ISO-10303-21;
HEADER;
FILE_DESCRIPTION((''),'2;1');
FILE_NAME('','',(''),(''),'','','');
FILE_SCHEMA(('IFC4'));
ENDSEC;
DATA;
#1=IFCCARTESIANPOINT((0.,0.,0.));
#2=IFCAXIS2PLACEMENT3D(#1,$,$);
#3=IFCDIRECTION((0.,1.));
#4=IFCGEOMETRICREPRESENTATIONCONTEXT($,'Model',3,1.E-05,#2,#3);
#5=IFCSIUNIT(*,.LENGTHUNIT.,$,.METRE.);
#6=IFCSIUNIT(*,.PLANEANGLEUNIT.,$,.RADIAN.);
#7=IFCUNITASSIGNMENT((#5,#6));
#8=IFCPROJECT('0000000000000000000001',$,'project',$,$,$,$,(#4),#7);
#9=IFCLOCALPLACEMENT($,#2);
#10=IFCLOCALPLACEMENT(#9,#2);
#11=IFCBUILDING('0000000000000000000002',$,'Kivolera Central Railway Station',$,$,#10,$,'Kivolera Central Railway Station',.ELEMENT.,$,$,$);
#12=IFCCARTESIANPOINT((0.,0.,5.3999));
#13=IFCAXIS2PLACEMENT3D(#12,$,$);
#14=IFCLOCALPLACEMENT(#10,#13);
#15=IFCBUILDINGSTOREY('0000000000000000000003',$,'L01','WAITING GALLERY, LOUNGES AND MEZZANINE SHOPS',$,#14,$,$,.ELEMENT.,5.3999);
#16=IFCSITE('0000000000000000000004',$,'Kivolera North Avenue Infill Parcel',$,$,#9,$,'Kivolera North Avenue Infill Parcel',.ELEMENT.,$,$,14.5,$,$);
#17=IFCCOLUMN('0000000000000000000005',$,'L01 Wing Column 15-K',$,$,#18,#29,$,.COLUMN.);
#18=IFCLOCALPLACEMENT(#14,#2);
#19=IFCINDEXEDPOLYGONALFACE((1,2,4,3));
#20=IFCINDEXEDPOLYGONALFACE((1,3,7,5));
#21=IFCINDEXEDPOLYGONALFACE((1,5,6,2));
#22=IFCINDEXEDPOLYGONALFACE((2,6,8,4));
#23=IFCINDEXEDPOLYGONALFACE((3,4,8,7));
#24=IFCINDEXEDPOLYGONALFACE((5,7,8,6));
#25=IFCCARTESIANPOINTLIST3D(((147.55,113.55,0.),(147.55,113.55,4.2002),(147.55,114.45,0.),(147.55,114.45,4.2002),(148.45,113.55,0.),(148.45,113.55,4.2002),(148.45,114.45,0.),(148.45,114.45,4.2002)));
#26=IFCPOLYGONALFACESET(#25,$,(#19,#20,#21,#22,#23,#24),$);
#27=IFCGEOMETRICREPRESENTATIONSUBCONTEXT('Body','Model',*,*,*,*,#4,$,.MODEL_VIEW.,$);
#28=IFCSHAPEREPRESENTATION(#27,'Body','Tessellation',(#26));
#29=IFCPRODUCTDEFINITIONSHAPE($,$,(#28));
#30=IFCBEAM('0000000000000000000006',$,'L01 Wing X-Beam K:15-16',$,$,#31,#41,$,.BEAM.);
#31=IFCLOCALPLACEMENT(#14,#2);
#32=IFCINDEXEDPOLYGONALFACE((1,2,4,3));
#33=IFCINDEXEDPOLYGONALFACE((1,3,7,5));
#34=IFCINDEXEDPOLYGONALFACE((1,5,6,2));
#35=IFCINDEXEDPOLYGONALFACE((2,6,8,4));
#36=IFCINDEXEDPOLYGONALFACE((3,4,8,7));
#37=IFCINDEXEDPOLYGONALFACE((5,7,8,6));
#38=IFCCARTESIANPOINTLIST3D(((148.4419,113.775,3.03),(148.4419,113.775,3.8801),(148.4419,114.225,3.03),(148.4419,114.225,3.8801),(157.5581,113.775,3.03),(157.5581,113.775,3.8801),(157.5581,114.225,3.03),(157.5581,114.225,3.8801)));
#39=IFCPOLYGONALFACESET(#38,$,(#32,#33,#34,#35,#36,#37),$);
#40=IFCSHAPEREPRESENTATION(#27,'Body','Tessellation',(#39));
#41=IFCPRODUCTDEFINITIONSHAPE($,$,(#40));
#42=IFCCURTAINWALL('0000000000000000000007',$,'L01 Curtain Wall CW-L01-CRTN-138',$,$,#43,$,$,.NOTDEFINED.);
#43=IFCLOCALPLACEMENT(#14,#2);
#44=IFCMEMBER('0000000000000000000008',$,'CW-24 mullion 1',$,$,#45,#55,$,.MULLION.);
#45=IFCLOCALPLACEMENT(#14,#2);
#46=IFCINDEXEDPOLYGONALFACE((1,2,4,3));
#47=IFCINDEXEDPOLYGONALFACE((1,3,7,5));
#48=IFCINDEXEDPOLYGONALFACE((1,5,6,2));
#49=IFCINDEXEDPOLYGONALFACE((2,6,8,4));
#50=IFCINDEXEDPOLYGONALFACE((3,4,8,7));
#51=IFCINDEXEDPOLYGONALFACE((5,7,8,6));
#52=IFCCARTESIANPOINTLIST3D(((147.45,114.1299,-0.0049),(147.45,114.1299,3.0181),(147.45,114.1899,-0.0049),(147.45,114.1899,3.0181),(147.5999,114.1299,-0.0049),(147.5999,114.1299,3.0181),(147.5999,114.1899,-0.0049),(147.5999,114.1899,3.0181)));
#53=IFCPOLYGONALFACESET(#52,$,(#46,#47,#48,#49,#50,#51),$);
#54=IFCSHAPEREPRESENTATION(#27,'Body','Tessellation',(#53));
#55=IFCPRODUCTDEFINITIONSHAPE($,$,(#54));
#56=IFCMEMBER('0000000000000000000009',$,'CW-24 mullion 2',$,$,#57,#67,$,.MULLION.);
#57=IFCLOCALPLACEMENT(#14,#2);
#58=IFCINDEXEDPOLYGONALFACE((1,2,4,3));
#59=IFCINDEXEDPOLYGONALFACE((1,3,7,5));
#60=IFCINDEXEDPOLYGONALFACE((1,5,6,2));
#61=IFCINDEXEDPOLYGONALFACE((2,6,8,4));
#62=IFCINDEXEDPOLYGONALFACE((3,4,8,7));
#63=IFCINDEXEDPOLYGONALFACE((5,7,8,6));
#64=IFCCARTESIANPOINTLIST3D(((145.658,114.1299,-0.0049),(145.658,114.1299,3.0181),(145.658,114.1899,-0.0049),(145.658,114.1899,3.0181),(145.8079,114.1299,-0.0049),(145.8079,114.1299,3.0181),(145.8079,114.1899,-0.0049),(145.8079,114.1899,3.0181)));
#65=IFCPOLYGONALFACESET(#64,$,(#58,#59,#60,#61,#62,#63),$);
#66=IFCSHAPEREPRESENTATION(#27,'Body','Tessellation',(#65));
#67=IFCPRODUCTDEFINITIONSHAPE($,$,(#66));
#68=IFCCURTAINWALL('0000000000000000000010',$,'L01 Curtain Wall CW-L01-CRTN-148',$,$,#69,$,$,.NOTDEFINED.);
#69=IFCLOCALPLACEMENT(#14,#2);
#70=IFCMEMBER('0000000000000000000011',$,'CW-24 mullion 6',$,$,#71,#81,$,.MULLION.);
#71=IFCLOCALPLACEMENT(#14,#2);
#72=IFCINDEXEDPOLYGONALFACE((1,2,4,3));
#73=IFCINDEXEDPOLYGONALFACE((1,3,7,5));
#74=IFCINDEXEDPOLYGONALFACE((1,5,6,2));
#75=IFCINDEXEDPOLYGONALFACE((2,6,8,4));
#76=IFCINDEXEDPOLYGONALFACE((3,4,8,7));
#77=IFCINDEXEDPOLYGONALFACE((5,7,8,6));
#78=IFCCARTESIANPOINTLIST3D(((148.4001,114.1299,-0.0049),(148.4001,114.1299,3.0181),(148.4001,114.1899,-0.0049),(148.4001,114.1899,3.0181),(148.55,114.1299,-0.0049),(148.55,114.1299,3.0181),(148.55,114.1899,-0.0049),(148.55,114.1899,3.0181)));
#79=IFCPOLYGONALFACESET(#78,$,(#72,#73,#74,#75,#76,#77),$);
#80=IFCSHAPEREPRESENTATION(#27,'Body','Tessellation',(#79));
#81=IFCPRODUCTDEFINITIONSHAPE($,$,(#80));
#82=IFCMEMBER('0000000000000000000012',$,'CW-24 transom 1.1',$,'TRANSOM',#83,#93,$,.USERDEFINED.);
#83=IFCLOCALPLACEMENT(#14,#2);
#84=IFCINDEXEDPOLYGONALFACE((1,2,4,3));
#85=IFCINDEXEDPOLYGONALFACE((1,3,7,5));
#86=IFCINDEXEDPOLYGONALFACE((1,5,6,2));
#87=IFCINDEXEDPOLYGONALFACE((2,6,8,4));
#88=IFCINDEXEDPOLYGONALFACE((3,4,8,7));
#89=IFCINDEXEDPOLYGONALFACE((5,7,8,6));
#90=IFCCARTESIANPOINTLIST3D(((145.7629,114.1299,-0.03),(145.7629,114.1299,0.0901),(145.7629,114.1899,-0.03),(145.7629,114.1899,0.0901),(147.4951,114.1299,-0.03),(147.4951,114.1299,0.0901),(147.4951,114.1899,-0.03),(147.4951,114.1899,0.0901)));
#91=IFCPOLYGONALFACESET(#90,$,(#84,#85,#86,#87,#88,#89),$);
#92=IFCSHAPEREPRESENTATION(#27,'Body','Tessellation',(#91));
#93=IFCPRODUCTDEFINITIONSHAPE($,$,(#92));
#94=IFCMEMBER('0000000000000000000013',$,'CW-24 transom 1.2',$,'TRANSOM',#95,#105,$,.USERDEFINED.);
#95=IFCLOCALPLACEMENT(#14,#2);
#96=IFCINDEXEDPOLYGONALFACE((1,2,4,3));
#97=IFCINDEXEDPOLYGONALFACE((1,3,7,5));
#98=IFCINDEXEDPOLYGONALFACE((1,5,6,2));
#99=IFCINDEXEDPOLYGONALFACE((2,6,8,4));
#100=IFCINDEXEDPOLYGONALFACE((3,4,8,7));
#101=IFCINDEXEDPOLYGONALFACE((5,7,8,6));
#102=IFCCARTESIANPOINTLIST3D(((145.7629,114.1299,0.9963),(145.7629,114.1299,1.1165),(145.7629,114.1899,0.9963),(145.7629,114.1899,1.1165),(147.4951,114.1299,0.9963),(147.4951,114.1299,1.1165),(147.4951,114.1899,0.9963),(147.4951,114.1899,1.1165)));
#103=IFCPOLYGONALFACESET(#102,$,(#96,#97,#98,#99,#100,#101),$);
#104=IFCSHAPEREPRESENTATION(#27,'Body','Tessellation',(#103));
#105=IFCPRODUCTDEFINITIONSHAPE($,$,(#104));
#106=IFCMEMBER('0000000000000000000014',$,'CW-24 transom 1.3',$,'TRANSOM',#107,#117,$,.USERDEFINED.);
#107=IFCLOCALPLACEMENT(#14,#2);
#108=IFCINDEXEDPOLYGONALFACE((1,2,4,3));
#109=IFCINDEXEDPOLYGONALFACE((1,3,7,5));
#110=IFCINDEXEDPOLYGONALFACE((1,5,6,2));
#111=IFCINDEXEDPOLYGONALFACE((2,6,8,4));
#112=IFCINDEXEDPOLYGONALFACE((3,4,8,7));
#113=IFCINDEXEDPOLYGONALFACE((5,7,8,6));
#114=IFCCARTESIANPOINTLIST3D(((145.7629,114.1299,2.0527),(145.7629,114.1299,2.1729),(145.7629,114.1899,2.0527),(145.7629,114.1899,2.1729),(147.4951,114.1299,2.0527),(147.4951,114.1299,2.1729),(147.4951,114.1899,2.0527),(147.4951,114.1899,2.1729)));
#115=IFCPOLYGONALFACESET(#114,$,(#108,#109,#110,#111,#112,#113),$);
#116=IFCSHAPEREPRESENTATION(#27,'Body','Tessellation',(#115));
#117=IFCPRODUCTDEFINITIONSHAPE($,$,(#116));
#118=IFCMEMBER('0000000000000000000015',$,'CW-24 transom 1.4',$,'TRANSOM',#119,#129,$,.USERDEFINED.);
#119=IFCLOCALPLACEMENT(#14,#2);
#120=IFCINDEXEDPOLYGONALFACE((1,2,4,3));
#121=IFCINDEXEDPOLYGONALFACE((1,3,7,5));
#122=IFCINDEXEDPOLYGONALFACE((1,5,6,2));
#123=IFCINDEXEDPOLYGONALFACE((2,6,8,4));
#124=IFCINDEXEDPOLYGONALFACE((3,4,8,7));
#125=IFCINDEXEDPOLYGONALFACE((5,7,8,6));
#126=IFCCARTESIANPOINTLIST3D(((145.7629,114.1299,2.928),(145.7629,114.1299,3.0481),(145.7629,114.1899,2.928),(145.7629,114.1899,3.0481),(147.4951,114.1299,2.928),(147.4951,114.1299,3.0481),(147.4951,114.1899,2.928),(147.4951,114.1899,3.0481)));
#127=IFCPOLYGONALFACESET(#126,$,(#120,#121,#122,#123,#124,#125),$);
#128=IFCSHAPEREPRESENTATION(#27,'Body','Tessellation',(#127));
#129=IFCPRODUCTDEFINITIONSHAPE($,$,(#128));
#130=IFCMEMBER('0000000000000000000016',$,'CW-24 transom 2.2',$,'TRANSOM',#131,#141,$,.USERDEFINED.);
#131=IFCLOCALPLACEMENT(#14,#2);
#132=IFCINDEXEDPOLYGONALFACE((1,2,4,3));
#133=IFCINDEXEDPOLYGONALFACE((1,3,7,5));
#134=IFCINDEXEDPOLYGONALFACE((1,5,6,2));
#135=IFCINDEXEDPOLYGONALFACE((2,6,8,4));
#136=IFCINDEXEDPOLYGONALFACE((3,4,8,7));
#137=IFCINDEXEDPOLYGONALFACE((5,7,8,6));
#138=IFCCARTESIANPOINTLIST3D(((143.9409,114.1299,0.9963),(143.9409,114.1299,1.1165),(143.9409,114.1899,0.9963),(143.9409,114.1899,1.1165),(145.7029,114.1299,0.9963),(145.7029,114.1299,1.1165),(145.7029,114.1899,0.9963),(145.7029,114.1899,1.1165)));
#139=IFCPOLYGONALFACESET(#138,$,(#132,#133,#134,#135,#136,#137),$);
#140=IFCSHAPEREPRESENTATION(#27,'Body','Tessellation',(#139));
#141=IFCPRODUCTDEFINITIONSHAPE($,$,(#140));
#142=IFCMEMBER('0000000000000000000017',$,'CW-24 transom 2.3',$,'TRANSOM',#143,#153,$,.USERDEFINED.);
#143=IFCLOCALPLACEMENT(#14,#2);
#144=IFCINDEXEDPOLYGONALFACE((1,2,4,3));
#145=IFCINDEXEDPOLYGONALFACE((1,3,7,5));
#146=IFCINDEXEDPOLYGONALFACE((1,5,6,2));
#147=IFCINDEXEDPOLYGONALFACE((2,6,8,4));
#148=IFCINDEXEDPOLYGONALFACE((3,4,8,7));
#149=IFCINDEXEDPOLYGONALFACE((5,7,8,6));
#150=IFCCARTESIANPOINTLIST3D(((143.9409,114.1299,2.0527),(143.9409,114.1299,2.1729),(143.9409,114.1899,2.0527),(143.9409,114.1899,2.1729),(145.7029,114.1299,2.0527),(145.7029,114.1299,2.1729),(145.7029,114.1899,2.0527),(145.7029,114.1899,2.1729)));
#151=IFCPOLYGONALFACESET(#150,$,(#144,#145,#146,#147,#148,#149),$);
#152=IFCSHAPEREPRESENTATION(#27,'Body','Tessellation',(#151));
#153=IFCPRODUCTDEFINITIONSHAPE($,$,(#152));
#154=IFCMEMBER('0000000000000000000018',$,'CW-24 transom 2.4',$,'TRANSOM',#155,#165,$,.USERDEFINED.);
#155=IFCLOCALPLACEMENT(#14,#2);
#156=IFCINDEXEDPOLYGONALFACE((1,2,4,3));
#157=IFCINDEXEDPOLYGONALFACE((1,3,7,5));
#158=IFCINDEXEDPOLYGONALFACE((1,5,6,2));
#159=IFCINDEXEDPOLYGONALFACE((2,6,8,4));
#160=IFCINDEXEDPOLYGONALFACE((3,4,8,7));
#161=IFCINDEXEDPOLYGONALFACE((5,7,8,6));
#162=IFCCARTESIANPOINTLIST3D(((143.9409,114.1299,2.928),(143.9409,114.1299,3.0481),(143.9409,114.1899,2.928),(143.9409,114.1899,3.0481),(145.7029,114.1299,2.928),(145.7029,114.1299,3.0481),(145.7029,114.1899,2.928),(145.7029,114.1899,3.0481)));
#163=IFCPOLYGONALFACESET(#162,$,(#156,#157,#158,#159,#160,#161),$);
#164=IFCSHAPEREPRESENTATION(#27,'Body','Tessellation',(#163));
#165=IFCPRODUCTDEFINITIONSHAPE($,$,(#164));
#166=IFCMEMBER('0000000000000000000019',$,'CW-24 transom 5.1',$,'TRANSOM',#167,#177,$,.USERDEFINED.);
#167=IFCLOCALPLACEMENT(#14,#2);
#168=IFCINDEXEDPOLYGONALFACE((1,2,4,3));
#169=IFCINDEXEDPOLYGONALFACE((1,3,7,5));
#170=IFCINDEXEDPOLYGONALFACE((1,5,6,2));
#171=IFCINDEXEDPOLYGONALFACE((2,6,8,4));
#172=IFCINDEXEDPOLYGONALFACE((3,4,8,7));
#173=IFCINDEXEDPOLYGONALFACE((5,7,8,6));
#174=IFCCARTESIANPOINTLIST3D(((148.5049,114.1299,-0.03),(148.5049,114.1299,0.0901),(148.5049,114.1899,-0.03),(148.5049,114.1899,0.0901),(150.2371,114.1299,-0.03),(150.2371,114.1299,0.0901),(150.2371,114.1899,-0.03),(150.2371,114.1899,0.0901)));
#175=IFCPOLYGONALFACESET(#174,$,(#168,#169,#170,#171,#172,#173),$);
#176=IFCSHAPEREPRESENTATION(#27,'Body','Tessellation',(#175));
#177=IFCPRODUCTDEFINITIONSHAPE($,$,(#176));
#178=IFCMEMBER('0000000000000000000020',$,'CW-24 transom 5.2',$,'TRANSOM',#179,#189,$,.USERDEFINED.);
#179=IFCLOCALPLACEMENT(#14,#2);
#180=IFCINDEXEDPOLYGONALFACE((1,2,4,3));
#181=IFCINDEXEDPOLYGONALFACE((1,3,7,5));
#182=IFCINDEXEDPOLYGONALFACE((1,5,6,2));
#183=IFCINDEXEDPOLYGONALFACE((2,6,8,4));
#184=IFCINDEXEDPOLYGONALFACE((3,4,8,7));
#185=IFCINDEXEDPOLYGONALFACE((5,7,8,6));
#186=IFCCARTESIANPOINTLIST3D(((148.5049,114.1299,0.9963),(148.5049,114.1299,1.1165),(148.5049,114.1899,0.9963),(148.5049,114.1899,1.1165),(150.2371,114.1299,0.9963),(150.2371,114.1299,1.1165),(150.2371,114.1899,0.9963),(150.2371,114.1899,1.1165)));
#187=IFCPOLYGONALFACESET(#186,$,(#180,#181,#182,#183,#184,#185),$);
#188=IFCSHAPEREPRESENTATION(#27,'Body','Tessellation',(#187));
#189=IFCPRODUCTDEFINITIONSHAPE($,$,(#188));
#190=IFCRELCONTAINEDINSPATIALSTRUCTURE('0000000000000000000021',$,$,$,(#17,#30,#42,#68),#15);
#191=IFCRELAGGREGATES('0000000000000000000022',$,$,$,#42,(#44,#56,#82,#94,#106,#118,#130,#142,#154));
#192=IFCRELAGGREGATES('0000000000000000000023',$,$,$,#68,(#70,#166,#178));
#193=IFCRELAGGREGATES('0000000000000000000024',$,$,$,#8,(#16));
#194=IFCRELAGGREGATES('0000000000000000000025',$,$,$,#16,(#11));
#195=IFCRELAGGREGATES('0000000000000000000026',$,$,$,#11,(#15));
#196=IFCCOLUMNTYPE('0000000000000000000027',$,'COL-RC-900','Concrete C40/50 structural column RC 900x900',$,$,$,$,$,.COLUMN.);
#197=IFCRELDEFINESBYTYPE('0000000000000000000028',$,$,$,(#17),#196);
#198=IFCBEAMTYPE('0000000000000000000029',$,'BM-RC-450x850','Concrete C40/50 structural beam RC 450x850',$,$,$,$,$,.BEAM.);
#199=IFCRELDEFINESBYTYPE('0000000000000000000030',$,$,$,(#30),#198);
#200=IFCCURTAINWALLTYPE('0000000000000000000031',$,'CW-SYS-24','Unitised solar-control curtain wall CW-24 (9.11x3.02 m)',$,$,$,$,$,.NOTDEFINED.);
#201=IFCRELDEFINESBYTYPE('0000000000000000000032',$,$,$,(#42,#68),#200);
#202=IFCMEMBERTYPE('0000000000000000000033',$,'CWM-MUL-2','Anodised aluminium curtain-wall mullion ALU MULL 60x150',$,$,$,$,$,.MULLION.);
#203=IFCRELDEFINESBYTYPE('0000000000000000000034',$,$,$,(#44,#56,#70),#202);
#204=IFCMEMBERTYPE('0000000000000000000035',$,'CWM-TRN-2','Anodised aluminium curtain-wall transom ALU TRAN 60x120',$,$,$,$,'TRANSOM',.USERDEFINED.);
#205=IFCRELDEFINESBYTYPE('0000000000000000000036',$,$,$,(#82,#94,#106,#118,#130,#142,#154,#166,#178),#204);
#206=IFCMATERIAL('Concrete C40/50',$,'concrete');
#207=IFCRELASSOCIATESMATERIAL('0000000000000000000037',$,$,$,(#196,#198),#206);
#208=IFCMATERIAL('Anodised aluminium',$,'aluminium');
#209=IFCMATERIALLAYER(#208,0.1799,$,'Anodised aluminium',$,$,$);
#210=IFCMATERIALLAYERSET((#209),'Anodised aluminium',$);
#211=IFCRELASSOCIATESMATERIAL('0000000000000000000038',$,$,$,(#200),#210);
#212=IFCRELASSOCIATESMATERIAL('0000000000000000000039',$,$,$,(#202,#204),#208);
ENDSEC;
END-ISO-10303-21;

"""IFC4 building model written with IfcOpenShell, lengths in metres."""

from ifc_helpers import new_model, si_unit, direction, frame, origin, origin_2d, place, context, subcontext, project, spatial, rectangle, extrude, material, layer, layer_set, material_profile, profile_set, type_object, element, aggregate, save


model = new_model("IFC4")

# Units and contexts
model_context = context("Model", 3, precision=1e-05, world=origin(), true_north=direction((0.0, 1.0)))
body_context = subcontext(model_context, "Body", "Model", "MODEL_VIEW")
ifc_project = project(units=[si_unit("LENGTHUNIT", "METRE"), si_unit("PLANEANGLEUNIT", "RADIAN")], contexts=[model_context])

# Site, building, storey
site_placement = place(None, origin())
site = spatial("IfcSite", under=ifc_project, at=site_placement, Name="Kivolera North Avenue Infill Parcel", LongName="Kivolera North Avenue Infill Parcel", CompositionType="ELEMENT", RefElevation=14.5)
building_placement = place(site_placement, origin())
building = spatial("IfcBuilding", under=site, at=building_placement, Name="Kivolera Central Railway Station", LongName="Kivolera Central Railway Station", CompositionType="ELEMENT")
storey_placement = place(building_placement, frame((0.0, 0.0, 5.3999)))
storey = spatial("IfcBuildingStorey", under=building, at=storey_placement, Name="L01", Description="WAITING GALLERY, LOUNGES AND MEZZANINE SHOPS", CompositionType="ELEMENT", Elevation=5.3999)

# Column
ifc_material_1 = material(Name="Concrete C40/50", Category="concrete")
ifc_material_profile_1 = material_profile(ifc_material_1, rectangle(XDim=0.8999, YDim=0.8999, at=origin_2d()), Name="RC 900x900")
ifc_profile_set_1 = profile_set([ifc_material_profile_1], Name="Concrete C40/50")
column_type = type_object("IfcColumnType", Name="COL-RC-900", Description="Concrete C40/50 structural column RC 900x900", PredefinedType="COLUMN", material=ifc_profile_set_1)
column_placement = place(storey_placement, frame((148.0, 114.0, 0.0), z_axis=(0.0, 0.0, 1.0), x_axis=(1.0, 0.0, 0.0)))
element("IfcColumn", 1, at=column_placement, inside=storey, type_object=column_type, Name="L01 Wing Column 15-K", PredefinedType="COLUMN", context=body_context, shape_type="SweptSolid", body=[
    extrude(rectangle(XDim=0.8999, YDim=0.8999, at=origin_2d()), origin(), (0.0, 0.0, 1.0), 4.2002),
])

# Beam
ifc_material_profile_2 = material_profile(ifc_material_1, rectangle(XDim=0.45, YDim=0.8501, at=origin_2d()), Name="RC 450x850")
ifc_profile_set_2 = profile_set([ifc_material_profile_2], Name="Concrete C40/50")
beam_type = type_object("IfcBeamType", Name="BM-RC-450x850", Description="Concrete C40/50 structural beam RC 450x850", PredefinedType="BEAM", material=ifc_profile_set_2)
beam_placement = place(storey_placement, frame((148.4419, 114.0, 3.4551), z_axis=(1.0, 0.0, 0.0), x_axis=(0.0, 1.0, 0.0)))
element("IfcBeam", 2, at=beam_placement, inside=storey, type_object=beam_type, Name="L01 Wing X-Beam K:15-16", PredefinedType="BEAM", context=body_context, shape_type="SweptSolid", body=[
    extrude(rectangle(XDim=0.45, YDim=0.8501, at=origin_2d()), origin(), (0.0, 0.0, 1.0), 9.1162),
])

# Curtain wall, members
ifc_material_2 = material(Name="Anodised aluminium", Category="aluminium")
ifc_layer_1 = layer(ifc_material_2, 0.1799, Name="Anodised aluminium")
ifc_layer_set_1 = layer_set([ifc_layer_1], Name="Anodised aluminium")
curtain_wall_type = type_object("IfcCurtainWallType", Name="CW-SYS-24", Description="Unitised solar-control curtain wall CW-24 (9.11x3.02 m)", PredefinedType="NOTDEFINED", material=ifc_layer_set_1)
curtain_wall_1_placement = place(storey_placement, origin())
curtain_wall_1 = element("IfcCurtainWall", 3, at=curtain_wall_1_placement, inside=storey, type_object=curtain_wall_type, Name="L01 Curtain Wall CW-L01-CRTN-138", PredefinedType="NOTDEFINED")
ifc_material_profile_3 = material_profile(ifc_material_2, rectangle(XDim=0.0601, YDim=0.1499, at=origin_2d()), Name="ALU MULL 60x150")
ifc_profile_set_3 = profile_set([ifc_material_profile_3], Name="Anodised aluminium")
member_type_1 = type_object("IfcMemberType", Name="CWM-MUL-2", Description="Anodised aluminium curtain-wall mullion ALU MULL 60x150", PredefinedType="MULLION", material=ifc_profile_set_3)
member_1_placement = place(storey_placement, frame((147.5249, 114.1599, -0.0049), z_axis=(0.0, 0.0, 1.0), x_axis=(0.0, -1.0, 0.0)))
member_1 = element("IfcMember", 4, at=member_1_placement, type_object=member_type_1, Name="CW-24 mullion 1", PredefinedType="MULLION", context=body_context, shape_type="SweptSolid", body=[
    extrude(rectangle(XDim=0.0601, YDim=0.1499, at=origin_2d()), origin(), (0.0, 0.0, 1.0), 3.0229),
])
member_2_placement = place(storey_placement, frame((145.7329, 114.1599, -0.0049), z_axis=(0.0, 0.0, 1.0), x_axis=(0.0, -1.0, 0.0)))
member_2 = element("IfcMember", 5, at=member_2_placement, type_object=member_type_1, Name="CW-24 mullion 2", PredefinedType="MULLION", context=body_context, shape_type="SweptSolid", body=[
    extrude(rectangle(XDim=0.0601, YDim=0.1499, at=origin_2d()), origin(), (0.0, 0.0, 1.0), 3.0229),
])

# Curtain wall, member
curtain_wall_2_placement = place(storey_placement, origin())
curtain_wall_2 = element("IfcCurtainWall", 6, at=curtain_wall_2_placement, inside=storey, type_object=curtain_wall_type, Name="L01 Curtain Wall CW-L01-CRTN-148", PredefinedType="NOTDEFINED")
member_3_placement = place(storey_placement, frame((148.4751, 114.1599, -0.0049), z_axis=(0.0, 0.0, 1.0), x_axis=(0.0, -1.0, 0.0)))
member_3 = element("IfcMember", 7, at=member_3_placement, type_object=member_type_1, Name="CW-24 mullion 6", PredefinedType="MULLION", context=body_context, shape_type="SweptSolid", body=[
    extrude(rectangle(XDim=0.0601, YDim=0.1499, at=origin_2d()), origin(), (0.0, 0.0, 1.0), 3.0229),
])

# Members
ifc_material_profile_4 = material_profile(ifc_material_2, rectangle(XDim=0.0601, YDim=0.1201, at=origin_2d()), Name="ALU TRAN 60x120")
ifc_profile_set_4 = profile_set([ifc_material_profile_4], Name="Anodised aluminium")
member_type_2 = type_object("IfcMemberType", Name="CWM-TRN-2", Description="Anodised aluminium curtain-wall transom ALU TRAN 60x120", ElementType="TRANSOM", PredefinedType="USERDEFINED", material=ifc_profile_set_4)
member_4_placement = place(storey_placement, frame((147.4951, 114.1599, 0.03), z_axis=(-1.0, 0.0, 0.0), x_axis=(0.0, -1.0, 0.0)))
member_4 = element("IfcMember", 8, at=member_4_placement, type_object=member_type_2, Name="CW-24 transom 1.1", ObjectType="TRANSOM", PredefinedType="USERDEFINED", context=body_context, shape_type="SweptSolid", body=[
    extrude(rectangle(XDim=0.0601, YDim=0.1201, at=origin_2d()), origin(), (0.0, 0.0, 1.0), 1.7322),
])
member_5_placement = place(storey_placement, frame((147.4951, 114.1599, 1.0564), z_axis=(-1.0, 0.0, 0.0), x_axis=(0.0, -1.0, 0.0)))
member_5 = element("IfcMember", 9, at=member_5_placement, type_object=member_type_2, Name="CW-24 transom 1.2", ObjectType="TRANSOM", PredefinedType="USERDEFINED", context=body_context, shape_type="SweptSolid", body=[
    extrude(rectangle(XDim=0.0601, YDim=0.1201, at=origin_2d()), origin(), (0.0, 0.0, 1.0), 1.7322),
])
member_6_placement = place(storey_placement, frame((147.4951, 114.1599, 2.1128), z_axis=(-1.0, 0.0, 0.0), x_axis=(0.0, -1.0, 0.0)))
member_6 = element("IfcMember", 10, at=member_6_placement, type_object=member_type_2, Name="CW-24 transom 1.3", ObjectType="TRANSOM", PredefinedType="USERDEFINED", context=body_context, shape_type="SweptSolid", body=[
    extrude(rectangle(XDim=0.0601, YDim=0.1201, at=origin_2d()), origin(), (0.0, 0.0, 1.0), 1.7322),
])
member_7_placement = place(storey_placement, frame((147.4951, 114.1599, 2.988), z_axis=(-1.0, 0.0, 0.0), x_axis=(0.0, -1.0, 0.0)))
member_7 = element("IfcMember", 11, at=member_7_placement, type_object=member_type_2, Name="CW-24 transom 1.4", ObjectType="TRANSOM", PredefinedType="USERDEFINED", context=body_context, shape_type="SweptSolid", body=[
    extrude(rectangle(XDim=0.0601, YDim=0.1201, at=origin_2d()), origin(), (0.0, 0.0, 1.0), 1.7322),
])
member_8_placement = place(storey_placement, frame((145.7029, 114.1599, 1.0564), z_axis=(-1.0, 0.0, 0.0), x_axis=(0.0, -1.0, 0.0)))
member_8 = element("IfcMember", 12, at=member_8_placement, type_object=member_type_2, Name="CW-24 transom 2.2", ObjectType="TRANSOM", PredefinedType="USERDEFINED", context=body_context, shape_type="SweptSolid", body=[
    extrude(rectangle(XDim=0.0601, YDim=0.1201, at=origin_2d()), origin(), (0.0, 0.0, 1.0), 1.762),
])
member_9_placement = place(storey_placement, frame((145.7029, 114.1599, 2.1128), z_axis=(-1.0, 0.0, 0.0), x_axis=(0.0, -1.0, 0.0)))
member_9 = element("IfcMember", 13, at=member_9_placement, type_object=member_type_2, Name="CW-24 transom 2.3", ObjectType="TRANSOM", PredefinedType="USERDEFINED", context=body_context, shape_type="SweptSolid", body=[
    extrude(rectangle(XDim=0.0601, YDim=0.1201, at=origin_2d()), origin(), (0.0, 0.0, 1.0), 1.762),
])
member_10_placement = place(storey_placement, frame((145.7029, 114.1599, 2.988), z_axis=(-1.0, 0.0, 0.0), x_axis=(0.0, -1.0, 0.0)))
member_10 = element("IfcMember", 14, at=member_10_placement, type_object=member_type_2, Name="CW-24 transom 2.4", ObjectType="TRANSOM", PredefinedType="USERDEFINED", context=body_context, shape_type="SweptSolid", body=[
    extrude(rectangle(XDim=0.0601, YDim=0.1201, at=origin_2d()), origin(), (0.0, 0.0, 1.0), 1.762),
])
member_11_placement = place(storey_placement, frame((150.2371, 114.1599, 0.03), z_axis=(-1.0, 0.0, 0.0), x_axis=(0.0, -1.0, 0.0)))
member_11 = element("IfcMember", 15, at=member_11_placement, type_object=member_type_2, Name="CW-24 transom 5.1", ObjectType="TRANSOM", PredefinedType="USERDEFINED", context=body_context, shape_type="SweptSolid", body=[
    extrude(rectangle(XDim=0.0601, YDim=0.1201, at=origin_2d()), origin(), (0.0, 0.0, 1.0), 1.7322),
])
member_12_placement = place(storey_placement, frame((150.2371, 114.1599, 1.0564), z_axis=(-1.0, 0.0, 0.0), x_axis=(0.0, -1.0, 0.0)))
member_12 = element("IfcMember", 16, at=member_12_placement, type_object=member_type_2, Name="CW-24 transom 5.2", ObjectType="TRANSOM", PredefinedType="USERDEFINED", context=body_context, shape_type="SweptSolid", body=[
    extrude(rectangle(XDim=0.0601, YDim=0.1201, at=origin_2d()), origin(), (0.0, 0.0, 1.0), 1.7322),
])

aggregate(curtain_wall_1, [member_1, member_2, member_4, member_5, member_6, member_7, member_8, member_9, member_10])
aggregate(curtain_wall_2, [member_3, member_11, member_12])

save(model, "model.ifc")
